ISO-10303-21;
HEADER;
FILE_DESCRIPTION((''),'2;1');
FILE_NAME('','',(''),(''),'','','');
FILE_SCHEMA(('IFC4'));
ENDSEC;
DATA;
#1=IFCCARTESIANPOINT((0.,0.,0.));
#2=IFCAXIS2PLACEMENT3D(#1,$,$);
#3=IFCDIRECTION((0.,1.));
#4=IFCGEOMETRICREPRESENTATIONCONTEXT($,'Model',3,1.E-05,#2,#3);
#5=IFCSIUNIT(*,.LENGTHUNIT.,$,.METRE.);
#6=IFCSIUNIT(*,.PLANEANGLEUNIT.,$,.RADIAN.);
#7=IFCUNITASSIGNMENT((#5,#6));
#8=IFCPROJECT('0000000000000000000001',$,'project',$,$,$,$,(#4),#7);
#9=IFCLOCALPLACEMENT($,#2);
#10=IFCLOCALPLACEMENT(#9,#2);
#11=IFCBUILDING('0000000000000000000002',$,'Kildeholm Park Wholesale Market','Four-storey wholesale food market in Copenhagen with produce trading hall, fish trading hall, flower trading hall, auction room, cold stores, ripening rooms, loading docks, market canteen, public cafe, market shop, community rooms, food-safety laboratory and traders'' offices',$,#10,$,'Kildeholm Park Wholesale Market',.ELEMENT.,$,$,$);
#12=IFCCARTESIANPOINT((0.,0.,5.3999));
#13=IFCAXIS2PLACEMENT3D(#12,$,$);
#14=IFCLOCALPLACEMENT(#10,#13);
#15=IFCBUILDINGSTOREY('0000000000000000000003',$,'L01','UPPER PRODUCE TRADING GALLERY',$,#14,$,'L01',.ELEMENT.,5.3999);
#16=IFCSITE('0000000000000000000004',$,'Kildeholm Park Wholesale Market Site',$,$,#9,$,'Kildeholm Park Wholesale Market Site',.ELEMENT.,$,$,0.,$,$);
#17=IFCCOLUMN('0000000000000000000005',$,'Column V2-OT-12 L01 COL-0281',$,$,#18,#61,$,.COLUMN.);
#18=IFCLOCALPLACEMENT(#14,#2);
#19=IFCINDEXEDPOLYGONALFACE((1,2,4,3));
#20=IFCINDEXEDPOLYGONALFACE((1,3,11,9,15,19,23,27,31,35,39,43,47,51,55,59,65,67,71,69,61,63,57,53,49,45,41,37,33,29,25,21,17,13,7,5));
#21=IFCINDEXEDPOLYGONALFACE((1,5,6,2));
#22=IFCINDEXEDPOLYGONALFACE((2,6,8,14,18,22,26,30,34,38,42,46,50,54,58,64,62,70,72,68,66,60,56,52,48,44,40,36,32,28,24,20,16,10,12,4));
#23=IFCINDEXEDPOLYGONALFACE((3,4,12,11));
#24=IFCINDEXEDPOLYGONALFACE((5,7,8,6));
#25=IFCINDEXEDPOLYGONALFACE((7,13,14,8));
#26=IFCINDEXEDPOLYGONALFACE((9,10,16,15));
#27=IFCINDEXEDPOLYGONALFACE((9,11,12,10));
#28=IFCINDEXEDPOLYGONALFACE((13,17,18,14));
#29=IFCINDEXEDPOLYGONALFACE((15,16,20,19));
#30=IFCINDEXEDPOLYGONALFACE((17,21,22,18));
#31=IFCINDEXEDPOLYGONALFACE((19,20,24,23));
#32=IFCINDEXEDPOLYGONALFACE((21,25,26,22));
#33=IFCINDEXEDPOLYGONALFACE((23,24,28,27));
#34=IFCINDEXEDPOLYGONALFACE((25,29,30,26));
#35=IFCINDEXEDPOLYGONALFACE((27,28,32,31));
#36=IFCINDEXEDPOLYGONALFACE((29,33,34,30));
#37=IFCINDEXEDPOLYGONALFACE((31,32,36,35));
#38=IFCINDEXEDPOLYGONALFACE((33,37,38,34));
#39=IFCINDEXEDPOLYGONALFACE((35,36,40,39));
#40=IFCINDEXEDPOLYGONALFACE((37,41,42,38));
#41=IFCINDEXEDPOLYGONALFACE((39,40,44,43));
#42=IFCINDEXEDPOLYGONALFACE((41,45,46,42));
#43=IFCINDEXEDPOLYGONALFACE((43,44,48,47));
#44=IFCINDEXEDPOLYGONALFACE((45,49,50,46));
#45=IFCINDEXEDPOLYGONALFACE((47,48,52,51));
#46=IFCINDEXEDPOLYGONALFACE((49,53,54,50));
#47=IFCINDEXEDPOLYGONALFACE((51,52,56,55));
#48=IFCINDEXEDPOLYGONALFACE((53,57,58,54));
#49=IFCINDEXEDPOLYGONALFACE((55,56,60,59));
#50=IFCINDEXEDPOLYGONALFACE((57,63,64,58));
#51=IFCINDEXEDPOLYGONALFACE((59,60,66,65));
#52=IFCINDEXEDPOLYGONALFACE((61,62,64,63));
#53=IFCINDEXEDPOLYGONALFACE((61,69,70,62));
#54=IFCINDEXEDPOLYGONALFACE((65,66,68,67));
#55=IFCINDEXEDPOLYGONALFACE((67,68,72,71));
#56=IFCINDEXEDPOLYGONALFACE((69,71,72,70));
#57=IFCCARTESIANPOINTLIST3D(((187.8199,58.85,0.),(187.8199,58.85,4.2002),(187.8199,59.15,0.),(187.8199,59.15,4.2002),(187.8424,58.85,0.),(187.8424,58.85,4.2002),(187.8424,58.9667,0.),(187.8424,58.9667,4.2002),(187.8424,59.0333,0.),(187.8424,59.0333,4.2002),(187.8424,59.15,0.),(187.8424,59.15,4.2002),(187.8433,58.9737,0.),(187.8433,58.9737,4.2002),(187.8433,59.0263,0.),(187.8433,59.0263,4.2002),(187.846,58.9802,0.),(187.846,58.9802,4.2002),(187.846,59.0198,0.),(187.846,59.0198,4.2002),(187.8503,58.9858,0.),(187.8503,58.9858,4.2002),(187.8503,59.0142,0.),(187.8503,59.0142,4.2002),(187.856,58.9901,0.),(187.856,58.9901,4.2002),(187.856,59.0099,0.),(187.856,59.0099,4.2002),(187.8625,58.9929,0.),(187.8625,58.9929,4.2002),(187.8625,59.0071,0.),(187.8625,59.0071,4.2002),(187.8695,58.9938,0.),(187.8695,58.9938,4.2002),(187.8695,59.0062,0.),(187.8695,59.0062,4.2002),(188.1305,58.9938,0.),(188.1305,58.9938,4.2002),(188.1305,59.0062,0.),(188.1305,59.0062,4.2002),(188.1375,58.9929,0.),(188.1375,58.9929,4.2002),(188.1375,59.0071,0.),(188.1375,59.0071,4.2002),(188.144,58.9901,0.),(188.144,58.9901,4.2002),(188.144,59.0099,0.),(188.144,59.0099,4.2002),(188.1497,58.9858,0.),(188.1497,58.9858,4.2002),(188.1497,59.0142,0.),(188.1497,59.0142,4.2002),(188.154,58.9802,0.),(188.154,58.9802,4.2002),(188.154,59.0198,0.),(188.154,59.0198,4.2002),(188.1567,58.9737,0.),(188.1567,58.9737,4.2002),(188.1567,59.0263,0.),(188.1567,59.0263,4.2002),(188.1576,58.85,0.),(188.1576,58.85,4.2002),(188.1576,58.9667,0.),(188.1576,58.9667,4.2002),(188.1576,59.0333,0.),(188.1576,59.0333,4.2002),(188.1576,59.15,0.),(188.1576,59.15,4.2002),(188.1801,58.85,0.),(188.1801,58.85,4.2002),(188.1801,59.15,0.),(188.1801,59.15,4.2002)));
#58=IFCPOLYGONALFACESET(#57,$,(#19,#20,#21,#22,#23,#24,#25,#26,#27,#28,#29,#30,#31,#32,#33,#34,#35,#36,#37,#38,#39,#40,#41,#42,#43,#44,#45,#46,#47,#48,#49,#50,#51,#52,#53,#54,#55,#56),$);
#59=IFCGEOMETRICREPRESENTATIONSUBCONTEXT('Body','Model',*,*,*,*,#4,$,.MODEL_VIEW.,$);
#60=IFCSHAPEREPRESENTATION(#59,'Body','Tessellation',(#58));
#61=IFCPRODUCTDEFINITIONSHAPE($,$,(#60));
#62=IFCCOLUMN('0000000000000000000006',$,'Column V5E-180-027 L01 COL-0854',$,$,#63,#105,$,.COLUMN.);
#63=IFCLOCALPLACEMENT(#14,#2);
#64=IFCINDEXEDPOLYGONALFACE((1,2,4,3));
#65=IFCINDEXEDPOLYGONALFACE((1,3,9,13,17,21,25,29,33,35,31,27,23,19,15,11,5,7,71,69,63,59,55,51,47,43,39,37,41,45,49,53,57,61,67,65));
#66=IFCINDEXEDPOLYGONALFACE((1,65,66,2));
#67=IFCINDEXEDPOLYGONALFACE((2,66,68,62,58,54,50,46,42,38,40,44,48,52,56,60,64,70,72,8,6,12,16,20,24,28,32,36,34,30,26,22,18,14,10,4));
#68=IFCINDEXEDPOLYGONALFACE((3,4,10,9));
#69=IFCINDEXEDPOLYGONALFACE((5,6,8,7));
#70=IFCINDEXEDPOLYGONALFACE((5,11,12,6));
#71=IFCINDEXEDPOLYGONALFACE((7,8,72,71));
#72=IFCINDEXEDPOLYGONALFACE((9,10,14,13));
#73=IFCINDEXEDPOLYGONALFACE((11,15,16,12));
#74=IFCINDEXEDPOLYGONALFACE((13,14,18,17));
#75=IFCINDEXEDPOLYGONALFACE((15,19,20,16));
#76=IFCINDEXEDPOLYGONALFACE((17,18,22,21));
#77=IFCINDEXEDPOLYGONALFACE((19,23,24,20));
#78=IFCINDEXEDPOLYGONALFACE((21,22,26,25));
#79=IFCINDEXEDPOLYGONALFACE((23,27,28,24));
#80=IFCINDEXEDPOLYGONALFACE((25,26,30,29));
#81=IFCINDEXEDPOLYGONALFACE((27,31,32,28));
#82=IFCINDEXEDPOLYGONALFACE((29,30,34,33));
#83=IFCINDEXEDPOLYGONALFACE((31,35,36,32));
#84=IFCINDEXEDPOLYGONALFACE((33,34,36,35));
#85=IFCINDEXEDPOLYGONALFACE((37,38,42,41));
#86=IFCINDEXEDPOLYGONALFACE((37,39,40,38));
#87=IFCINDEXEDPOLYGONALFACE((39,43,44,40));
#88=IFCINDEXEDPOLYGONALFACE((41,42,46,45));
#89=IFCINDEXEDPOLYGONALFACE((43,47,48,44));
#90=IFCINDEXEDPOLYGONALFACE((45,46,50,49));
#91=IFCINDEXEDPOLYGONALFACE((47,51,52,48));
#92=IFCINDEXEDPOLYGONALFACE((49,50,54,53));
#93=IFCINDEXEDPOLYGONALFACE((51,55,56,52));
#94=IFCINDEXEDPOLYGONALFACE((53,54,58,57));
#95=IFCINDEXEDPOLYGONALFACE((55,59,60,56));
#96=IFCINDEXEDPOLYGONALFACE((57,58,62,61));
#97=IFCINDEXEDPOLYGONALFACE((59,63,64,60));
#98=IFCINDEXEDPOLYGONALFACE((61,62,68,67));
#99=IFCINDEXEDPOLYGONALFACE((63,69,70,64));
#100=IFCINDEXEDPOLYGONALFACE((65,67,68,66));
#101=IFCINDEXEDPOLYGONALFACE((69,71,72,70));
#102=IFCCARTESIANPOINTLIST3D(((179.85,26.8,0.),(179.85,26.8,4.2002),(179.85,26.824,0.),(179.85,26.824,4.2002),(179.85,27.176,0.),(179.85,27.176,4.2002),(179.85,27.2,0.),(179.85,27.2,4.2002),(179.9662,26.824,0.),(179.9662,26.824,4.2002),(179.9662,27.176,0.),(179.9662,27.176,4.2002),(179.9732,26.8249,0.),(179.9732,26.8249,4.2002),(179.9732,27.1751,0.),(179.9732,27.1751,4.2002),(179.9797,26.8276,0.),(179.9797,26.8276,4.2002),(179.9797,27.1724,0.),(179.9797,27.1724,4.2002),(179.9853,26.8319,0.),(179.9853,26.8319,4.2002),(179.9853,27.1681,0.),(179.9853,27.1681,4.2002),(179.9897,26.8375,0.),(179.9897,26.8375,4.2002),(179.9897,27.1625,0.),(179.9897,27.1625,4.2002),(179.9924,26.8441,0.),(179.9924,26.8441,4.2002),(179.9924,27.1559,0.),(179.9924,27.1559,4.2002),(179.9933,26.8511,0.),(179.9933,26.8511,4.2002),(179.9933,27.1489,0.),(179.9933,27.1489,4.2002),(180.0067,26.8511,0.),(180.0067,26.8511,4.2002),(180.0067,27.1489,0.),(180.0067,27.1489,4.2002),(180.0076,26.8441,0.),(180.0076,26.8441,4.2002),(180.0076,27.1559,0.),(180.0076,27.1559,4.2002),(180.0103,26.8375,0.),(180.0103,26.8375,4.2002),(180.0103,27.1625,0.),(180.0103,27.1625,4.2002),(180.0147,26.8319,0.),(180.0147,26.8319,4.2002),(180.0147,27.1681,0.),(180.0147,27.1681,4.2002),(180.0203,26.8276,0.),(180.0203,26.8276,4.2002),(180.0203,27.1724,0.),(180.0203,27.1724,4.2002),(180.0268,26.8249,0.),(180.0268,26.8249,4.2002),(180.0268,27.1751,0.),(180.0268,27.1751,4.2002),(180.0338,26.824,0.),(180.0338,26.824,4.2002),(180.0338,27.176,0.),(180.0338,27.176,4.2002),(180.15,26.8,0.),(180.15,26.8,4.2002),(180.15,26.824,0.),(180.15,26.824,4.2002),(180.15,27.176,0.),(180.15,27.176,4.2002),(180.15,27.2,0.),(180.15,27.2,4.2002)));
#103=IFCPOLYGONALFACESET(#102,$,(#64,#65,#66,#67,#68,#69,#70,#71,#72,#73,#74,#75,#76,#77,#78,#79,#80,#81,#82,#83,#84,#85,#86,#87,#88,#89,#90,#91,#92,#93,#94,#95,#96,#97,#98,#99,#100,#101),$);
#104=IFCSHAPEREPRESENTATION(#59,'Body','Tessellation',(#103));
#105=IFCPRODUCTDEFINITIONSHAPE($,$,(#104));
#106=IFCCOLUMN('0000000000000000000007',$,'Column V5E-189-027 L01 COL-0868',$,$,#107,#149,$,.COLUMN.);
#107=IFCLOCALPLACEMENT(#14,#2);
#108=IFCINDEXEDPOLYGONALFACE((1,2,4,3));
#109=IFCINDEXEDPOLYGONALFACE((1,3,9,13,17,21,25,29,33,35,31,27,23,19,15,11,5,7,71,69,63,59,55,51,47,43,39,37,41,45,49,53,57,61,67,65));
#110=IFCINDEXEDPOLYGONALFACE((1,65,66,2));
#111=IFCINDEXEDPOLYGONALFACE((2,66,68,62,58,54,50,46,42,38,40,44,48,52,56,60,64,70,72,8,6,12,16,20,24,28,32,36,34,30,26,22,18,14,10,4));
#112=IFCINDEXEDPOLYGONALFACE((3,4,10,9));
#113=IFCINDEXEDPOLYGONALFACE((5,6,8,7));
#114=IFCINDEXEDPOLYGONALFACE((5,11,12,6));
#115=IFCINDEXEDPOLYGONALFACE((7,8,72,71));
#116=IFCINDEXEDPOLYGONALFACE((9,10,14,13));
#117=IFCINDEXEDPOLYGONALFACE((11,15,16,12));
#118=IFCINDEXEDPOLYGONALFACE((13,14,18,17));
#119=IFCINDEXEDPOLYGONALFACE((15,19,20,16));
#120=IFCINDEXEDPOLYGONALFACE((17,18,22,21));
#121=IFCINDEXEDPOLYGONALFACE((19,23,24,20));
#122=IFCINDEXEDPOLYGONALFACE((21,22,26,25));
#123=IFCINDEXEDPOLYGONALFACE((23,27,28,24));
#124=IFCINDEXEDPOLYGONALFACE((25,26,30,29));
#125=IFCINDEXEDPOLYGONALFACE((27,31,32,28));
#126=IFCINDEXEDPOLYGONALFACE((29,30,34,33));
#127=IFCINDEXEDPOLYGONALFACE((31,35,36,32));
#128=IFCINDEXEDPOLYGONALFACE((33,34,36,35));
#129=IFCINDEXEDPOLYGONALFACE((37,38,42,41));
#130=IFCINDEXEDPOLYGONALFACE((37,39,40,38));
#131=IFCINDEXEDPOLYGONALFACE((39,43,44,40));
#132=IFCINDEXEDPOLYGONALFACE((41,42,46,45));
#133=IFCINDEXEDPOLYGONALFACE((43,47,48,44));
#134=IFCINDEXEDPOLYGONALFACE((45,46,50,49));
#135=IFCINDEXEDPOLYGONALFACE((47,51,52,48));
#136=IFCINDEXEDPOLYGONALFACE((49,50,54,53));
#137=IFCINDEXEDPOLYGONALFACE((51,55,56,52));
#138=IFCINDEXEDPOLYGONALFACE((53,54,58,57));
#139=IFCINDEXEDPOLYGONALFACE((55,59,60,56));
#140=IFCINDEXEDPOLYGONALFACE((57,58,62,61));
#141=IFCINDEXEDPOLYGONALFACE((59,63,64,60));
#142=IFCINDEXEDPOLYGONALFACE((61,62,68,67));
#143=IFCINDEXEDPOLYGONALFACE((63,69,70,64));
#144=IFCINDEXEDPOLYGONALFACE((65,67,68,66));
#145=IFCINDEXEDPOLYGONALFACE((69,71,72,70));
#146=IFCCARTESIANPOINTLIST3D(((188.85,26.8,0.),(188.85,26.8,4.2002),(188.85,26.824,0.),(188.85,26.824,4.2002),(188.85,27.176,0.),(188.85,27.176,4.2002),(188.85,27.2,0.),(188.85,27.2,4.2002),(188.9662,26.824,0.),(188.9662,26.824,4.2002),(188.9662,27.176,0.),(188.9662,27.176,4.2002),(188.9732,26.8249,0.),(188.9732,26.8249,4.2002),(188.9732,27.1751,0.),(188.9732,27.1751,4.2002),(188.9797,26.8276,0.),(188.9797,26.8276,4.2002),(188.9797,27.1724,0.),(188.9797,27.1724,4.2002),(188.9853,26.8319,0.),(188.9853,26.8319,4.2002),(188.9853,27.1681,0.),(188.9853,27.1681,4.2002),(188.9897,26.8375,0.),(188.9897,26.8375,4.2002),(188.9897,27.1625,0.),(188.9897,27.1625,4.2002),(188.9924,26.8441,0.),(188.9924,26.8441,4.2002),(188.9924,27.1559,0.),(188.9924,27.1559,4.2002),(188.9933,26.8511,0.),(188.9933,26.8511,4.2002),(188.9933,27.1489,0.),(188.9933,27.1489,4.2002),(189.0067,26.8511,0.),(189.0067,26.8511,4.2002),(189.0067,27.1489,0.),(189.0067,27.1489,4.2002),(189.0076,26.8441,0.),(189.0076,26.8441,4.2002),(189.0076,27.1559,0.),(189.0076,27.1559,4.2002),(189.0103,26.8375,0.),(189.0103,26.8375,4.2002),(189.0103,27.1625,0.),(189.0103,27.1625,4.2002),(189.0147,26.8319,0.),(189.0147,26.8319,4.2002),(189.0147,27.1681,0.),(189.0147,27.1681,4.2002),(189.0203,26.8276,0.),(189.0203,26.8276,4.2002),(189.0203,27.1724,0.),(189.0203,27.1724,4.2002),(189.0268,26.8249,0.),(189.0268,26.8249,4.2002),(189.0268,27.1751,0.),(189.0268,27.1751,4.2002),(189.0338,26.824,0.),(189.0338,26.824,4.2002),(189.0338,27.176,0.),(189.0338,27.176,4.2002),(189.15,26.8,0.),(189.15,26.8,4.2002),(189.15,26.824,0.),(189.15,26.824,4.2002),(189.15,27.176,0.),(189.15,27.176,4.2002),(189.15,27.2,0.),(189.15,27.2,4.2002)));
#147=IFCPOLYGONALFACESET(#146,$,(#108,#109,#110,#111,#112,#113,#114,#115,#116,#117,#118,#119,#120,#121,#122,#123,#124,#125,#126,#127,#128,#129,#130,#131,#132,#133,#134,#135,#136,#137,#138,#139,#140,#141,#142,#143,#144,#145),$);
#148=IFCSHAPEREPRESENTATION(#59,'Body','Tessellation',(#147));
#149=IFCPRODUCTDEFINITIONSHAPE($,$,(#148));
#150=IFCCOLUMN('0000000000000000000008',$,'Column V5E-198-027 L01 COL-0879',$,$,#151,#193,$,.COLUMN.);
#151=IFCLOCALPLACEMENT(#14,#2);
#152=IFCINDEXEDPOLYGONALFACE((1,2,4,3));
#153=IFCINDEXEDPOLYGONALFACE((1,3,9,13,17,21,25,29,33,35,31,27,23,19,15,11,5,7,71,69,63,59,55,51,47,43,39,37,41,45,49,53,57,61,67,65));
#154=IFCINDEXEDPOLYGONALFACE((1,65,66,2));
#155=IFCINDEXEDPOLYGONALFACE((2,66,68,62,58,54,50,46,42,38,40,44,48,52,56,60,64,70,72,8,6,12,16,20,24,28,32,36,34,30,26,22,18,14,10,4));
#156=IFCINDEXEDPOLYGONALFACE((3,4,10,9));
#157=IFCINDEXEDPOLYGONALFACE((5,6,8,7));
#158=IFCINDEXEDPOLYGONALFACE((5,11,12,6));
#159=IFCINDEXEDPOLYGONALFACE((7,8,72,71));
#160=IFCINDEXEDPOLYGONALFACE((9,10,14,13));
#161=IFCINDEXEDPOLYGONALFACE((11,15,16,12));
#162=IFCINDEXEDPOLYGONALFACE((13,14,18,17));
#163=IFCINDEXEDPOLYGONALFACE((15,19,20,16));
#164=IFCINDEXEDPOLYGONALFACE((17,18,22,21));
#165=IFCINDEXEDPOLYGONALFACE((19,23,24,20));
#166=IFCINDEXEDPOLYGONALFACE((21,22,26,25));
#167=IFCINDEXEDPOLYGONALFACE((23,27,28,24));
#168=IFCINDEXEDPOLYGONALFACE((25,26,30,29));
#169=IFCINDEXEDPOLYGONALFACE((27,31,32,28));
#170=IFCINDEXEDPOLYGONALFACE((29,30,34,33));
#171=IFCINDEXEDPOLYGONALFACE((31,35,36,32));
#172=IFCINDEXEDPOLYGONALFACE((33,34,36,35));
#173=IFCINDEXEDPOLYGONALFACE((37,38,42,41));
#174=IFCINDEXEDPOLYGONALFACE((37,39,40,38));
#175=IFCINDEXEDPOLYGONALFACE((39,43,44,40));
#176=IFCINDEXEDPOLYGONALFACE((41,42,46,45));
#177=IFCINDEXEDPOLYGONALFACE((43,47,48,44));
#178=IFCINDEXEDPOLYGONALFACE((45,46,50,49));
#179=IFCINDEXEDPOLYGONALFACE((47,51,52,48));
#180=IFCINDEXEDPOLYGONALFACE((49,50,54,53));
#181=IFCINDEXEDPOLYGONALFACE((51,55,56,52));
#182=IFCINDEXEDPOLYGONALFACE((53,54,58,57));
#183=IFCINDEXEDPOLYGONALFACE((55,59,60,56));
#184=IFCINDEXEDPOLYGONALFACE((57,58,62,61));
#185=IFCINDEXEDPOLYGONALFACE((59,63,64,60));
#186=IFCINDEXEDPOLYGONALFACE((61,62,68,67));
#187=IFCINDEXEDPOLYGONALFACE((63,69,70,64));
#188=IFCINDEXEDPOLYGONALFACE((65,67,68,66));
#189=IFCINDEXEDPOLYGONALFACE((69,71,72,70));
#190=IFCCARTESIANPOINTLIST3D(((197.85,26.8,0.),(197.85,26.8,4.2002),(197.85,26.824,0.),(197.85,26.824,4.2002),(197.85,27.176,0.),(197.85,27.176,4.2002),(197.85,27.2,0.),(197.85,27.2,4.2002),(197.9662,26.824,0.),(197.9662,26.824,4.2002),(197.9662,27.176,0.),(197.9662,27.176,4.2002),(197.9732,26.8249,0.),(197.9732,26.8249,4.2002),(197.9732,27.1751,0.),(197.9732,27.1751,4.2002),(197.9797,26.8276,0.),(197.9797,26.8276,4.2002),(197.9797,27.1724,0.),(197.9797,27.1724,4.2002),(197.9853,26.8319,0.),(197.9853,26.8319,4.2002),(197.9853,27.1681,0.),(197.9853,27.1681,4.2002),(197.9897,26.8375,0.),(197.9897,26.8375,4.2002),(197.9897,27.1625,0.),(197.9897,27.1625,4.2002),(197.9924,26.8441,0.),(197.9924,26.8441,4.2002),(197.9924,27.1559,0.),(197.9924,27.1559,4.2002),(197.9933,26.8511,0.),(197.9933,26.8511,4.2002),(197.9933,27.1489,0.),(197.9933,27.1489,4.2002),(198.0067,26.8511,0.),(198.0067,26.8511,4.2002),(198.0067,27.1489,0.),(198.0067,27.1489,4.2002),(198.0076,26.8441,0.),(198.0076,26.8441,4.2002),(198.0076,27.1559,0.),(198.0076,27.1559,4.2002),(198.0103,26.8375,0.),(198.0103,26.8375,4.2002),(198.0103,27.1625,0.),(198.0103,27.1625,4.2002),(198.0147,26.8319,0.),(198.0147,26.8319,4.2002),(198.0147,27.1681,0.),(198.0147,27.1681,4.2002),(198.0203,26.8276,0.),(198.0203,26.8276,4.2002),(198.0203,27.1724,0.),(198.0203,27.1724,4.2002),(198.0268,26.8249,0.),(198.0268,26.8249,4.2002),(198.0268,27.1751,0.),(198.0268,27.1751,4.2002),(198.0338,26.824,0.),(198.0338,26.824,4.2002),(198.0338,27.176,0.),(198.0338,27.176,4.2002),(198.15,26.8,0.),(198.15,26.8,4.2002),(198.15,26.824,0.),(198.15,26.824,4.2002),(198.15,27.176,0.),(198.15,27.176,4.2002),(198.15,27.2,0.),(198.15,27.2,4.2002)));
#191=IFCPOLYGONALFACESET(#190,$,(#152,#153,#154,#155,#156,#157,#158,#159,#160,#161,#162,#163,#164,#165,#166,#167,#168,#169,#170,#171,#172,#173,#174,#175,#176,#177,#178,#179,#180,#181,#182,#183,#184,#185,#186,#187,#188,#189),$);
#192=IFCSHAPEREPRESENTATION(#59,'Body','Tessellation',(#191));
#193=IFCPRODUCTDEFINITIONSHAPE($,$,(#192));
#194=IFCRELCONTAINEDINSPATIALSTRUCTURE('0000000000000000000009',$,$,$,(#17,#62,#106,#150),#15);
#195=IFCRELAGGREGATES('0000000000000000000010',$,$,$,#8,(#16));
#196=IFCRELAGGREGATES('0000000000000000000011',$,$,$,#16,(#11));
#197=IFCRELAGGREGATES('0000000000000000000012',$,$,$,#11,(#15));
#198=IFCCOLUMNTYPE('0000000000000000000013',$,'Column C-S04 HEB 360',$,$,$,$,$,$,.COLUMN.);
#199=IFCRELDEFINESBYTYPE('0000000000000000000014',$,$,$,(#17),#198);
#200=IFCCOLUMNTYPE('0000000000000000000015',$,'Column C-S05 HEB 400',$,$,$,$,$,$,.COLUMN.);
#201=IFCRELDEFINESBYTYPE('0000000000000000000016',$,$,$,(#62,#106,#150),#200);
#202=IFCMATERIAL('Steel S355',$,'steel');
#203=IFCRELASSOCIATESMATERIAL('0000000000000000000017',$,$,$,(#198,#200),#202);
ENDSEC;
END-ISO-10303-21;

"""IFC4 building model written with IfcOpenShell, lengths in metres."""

from ifc_helpers import new_model, si_unit, direction, frame, origin, origin_2d, place, context, subcontext, project, spatial, i_section, extrude, material, material_profile, profile_set, type_object, element, save


model = new_model("IFC4")

# Units and contexts
model_context = context("Model", 3, precision=1e-05, world=origin(), true_north=direction((0.0, 1.0)))
body_context = subcontext(model_context, "Body", "Model", "MODEL_VIEW")
ifc_project = project(units=[si_unit("LENGTHUNIT", "METRE"), si_unit("PLANEANGLEUNIT", "RADIAN")], contexts=[model_context])

# Site, building, storey
site_placement = place(None, origin())
site = spatial("IfcSite", under=ifc_project, at=site_placement, Name="Kildeholm Park Wholesale Market Site", LongName="Kildeholm Park Wholesale Market Site", CompositionType="ELEMENT", RefElevation=0.0)
building_placement = place(site_placement, origin())
building = spatial("IfcBuilding", under=site, at=building_placement, Name="Kildeholm Park Wholesale Market", Description="Four-storey wholesale food market in Copenhagen with produce trading hall, fish trading hall, flower trading hall, auction room, cold stores, ripening rooms, loading docks, market canteen, public cafe, market shop, community rooms, food-safety laboratory and traders' offices", LongName="Kildeholm Park Wholesale Market", CompositionType="ELEMENT")
storey_placement = place(building_placement, frame((0.0, 0.0, 5.3999)))
storey = spatial("IfcBuildingStorey", under=building, at=storey_placement, Name="L01", Description="UPPER PRODUCE TRADING GALLERY", LongName="L01", CompositionType="ELEMENT", Elevation=5.3999)

# Columns
ifc_material_1 = material(Name="Steel S355", Category="steel")
ifc_material_profile_1 = material_profile(ifc_material_1, i_section(OverallWidth=0.3, OverallDepth=0.3601, WebThickness=0.0125, FlangeThickness=0.0225, FilletRadius=0.0271, at=origin_2d()), Name="HEB 360")
ifc_profile_set_1 = profile_set([ifc_material_profile_1], Name="Steel S355")
column_type_1 = type_object("IfcColumnType", Name="Column C-S04 HEB 360", PredefinedType="COLUMN", material=ifc_profile_set_1)
column_placement = place(storey_placement, frame((188.0, 59.0, 0.0), z_axis=(0.0, 0.0, 1.0), x_axis=(0.0, -1.0, 0.0)))
element("IfcColumn", 1, at=column_placement, inside=storey, type_object=column_type_1, Name="Column V2-OT-12 L01 COL-0281", PredefinedType="COLUMN", context=body_context, shape_type="SweptSolid", body=[
    extrude(i_section(OverallWidth=0.3, OverallDepth=0.3601, WebThickness=0.0125, FlangeThickness=0.0225, FilletRadius=0.0271, at=origin_2d()), origin(), (0.0, 0.0, 1.0), 4.2002),
])
ifc_material_profile_2 = material_profile(ifc_material_1, i_section(OverallWidth=0.3, OverallDepth=0.3999, WebThickness=0.0134, FlangeThickness=0.0239, FilletRadius=0.0271, at=origin_2d()), Name="HEB 400")
ifc_profile_set_2 = profile_set([ifc_material_profile_2], Name="Steel S355")
column_type_2 = type_object("IfcColumnType", Name="Column C-S05 HEB 400", PredefinedType="COLUMN", material=ifc_profile_set_2)
for number, where, z_axis, x_axis, name in (
    (2, (180.0, 27.0, 0.0), (0.0, 0.0, 1.0), (1.0, 0.0, 0.0), "Column V5E-180-027 L01 COL-0854"),
    (3, (189.0, 27.0, 0.0), (0.0, 0.0, 1.0), (1.0, 0.0, 0.0), "Column V5E-189-027 L01 COL-0868"),
    (4, (198.0, 27.0, 0.0), (0.0, 0.0, 1.0), (1.0, 0.0, 0.0), "Column V5E-198-027 L01 COL-0879"),
):
    element("IfcColumn", number, at=place(storey_placement, frame(where, z_axis=z_axis, x_axis=x_axis)), inside=storey, type_object=column_type_2, Name=name, PredefinedType="COLUMN", context=body_context, shape_type="SweptSolid", body=[
        extrude(i_section(OverallWidth=0.3, OverallDepth=0.3999, WebThickness=0.0134, FlangeThickness=0.0239, FilletRadius=0.0271, at=origin_2d()), origin(), (0.0, 0.0, 1.0), 4.2002),
    ])

save(model, "model.ifc")
